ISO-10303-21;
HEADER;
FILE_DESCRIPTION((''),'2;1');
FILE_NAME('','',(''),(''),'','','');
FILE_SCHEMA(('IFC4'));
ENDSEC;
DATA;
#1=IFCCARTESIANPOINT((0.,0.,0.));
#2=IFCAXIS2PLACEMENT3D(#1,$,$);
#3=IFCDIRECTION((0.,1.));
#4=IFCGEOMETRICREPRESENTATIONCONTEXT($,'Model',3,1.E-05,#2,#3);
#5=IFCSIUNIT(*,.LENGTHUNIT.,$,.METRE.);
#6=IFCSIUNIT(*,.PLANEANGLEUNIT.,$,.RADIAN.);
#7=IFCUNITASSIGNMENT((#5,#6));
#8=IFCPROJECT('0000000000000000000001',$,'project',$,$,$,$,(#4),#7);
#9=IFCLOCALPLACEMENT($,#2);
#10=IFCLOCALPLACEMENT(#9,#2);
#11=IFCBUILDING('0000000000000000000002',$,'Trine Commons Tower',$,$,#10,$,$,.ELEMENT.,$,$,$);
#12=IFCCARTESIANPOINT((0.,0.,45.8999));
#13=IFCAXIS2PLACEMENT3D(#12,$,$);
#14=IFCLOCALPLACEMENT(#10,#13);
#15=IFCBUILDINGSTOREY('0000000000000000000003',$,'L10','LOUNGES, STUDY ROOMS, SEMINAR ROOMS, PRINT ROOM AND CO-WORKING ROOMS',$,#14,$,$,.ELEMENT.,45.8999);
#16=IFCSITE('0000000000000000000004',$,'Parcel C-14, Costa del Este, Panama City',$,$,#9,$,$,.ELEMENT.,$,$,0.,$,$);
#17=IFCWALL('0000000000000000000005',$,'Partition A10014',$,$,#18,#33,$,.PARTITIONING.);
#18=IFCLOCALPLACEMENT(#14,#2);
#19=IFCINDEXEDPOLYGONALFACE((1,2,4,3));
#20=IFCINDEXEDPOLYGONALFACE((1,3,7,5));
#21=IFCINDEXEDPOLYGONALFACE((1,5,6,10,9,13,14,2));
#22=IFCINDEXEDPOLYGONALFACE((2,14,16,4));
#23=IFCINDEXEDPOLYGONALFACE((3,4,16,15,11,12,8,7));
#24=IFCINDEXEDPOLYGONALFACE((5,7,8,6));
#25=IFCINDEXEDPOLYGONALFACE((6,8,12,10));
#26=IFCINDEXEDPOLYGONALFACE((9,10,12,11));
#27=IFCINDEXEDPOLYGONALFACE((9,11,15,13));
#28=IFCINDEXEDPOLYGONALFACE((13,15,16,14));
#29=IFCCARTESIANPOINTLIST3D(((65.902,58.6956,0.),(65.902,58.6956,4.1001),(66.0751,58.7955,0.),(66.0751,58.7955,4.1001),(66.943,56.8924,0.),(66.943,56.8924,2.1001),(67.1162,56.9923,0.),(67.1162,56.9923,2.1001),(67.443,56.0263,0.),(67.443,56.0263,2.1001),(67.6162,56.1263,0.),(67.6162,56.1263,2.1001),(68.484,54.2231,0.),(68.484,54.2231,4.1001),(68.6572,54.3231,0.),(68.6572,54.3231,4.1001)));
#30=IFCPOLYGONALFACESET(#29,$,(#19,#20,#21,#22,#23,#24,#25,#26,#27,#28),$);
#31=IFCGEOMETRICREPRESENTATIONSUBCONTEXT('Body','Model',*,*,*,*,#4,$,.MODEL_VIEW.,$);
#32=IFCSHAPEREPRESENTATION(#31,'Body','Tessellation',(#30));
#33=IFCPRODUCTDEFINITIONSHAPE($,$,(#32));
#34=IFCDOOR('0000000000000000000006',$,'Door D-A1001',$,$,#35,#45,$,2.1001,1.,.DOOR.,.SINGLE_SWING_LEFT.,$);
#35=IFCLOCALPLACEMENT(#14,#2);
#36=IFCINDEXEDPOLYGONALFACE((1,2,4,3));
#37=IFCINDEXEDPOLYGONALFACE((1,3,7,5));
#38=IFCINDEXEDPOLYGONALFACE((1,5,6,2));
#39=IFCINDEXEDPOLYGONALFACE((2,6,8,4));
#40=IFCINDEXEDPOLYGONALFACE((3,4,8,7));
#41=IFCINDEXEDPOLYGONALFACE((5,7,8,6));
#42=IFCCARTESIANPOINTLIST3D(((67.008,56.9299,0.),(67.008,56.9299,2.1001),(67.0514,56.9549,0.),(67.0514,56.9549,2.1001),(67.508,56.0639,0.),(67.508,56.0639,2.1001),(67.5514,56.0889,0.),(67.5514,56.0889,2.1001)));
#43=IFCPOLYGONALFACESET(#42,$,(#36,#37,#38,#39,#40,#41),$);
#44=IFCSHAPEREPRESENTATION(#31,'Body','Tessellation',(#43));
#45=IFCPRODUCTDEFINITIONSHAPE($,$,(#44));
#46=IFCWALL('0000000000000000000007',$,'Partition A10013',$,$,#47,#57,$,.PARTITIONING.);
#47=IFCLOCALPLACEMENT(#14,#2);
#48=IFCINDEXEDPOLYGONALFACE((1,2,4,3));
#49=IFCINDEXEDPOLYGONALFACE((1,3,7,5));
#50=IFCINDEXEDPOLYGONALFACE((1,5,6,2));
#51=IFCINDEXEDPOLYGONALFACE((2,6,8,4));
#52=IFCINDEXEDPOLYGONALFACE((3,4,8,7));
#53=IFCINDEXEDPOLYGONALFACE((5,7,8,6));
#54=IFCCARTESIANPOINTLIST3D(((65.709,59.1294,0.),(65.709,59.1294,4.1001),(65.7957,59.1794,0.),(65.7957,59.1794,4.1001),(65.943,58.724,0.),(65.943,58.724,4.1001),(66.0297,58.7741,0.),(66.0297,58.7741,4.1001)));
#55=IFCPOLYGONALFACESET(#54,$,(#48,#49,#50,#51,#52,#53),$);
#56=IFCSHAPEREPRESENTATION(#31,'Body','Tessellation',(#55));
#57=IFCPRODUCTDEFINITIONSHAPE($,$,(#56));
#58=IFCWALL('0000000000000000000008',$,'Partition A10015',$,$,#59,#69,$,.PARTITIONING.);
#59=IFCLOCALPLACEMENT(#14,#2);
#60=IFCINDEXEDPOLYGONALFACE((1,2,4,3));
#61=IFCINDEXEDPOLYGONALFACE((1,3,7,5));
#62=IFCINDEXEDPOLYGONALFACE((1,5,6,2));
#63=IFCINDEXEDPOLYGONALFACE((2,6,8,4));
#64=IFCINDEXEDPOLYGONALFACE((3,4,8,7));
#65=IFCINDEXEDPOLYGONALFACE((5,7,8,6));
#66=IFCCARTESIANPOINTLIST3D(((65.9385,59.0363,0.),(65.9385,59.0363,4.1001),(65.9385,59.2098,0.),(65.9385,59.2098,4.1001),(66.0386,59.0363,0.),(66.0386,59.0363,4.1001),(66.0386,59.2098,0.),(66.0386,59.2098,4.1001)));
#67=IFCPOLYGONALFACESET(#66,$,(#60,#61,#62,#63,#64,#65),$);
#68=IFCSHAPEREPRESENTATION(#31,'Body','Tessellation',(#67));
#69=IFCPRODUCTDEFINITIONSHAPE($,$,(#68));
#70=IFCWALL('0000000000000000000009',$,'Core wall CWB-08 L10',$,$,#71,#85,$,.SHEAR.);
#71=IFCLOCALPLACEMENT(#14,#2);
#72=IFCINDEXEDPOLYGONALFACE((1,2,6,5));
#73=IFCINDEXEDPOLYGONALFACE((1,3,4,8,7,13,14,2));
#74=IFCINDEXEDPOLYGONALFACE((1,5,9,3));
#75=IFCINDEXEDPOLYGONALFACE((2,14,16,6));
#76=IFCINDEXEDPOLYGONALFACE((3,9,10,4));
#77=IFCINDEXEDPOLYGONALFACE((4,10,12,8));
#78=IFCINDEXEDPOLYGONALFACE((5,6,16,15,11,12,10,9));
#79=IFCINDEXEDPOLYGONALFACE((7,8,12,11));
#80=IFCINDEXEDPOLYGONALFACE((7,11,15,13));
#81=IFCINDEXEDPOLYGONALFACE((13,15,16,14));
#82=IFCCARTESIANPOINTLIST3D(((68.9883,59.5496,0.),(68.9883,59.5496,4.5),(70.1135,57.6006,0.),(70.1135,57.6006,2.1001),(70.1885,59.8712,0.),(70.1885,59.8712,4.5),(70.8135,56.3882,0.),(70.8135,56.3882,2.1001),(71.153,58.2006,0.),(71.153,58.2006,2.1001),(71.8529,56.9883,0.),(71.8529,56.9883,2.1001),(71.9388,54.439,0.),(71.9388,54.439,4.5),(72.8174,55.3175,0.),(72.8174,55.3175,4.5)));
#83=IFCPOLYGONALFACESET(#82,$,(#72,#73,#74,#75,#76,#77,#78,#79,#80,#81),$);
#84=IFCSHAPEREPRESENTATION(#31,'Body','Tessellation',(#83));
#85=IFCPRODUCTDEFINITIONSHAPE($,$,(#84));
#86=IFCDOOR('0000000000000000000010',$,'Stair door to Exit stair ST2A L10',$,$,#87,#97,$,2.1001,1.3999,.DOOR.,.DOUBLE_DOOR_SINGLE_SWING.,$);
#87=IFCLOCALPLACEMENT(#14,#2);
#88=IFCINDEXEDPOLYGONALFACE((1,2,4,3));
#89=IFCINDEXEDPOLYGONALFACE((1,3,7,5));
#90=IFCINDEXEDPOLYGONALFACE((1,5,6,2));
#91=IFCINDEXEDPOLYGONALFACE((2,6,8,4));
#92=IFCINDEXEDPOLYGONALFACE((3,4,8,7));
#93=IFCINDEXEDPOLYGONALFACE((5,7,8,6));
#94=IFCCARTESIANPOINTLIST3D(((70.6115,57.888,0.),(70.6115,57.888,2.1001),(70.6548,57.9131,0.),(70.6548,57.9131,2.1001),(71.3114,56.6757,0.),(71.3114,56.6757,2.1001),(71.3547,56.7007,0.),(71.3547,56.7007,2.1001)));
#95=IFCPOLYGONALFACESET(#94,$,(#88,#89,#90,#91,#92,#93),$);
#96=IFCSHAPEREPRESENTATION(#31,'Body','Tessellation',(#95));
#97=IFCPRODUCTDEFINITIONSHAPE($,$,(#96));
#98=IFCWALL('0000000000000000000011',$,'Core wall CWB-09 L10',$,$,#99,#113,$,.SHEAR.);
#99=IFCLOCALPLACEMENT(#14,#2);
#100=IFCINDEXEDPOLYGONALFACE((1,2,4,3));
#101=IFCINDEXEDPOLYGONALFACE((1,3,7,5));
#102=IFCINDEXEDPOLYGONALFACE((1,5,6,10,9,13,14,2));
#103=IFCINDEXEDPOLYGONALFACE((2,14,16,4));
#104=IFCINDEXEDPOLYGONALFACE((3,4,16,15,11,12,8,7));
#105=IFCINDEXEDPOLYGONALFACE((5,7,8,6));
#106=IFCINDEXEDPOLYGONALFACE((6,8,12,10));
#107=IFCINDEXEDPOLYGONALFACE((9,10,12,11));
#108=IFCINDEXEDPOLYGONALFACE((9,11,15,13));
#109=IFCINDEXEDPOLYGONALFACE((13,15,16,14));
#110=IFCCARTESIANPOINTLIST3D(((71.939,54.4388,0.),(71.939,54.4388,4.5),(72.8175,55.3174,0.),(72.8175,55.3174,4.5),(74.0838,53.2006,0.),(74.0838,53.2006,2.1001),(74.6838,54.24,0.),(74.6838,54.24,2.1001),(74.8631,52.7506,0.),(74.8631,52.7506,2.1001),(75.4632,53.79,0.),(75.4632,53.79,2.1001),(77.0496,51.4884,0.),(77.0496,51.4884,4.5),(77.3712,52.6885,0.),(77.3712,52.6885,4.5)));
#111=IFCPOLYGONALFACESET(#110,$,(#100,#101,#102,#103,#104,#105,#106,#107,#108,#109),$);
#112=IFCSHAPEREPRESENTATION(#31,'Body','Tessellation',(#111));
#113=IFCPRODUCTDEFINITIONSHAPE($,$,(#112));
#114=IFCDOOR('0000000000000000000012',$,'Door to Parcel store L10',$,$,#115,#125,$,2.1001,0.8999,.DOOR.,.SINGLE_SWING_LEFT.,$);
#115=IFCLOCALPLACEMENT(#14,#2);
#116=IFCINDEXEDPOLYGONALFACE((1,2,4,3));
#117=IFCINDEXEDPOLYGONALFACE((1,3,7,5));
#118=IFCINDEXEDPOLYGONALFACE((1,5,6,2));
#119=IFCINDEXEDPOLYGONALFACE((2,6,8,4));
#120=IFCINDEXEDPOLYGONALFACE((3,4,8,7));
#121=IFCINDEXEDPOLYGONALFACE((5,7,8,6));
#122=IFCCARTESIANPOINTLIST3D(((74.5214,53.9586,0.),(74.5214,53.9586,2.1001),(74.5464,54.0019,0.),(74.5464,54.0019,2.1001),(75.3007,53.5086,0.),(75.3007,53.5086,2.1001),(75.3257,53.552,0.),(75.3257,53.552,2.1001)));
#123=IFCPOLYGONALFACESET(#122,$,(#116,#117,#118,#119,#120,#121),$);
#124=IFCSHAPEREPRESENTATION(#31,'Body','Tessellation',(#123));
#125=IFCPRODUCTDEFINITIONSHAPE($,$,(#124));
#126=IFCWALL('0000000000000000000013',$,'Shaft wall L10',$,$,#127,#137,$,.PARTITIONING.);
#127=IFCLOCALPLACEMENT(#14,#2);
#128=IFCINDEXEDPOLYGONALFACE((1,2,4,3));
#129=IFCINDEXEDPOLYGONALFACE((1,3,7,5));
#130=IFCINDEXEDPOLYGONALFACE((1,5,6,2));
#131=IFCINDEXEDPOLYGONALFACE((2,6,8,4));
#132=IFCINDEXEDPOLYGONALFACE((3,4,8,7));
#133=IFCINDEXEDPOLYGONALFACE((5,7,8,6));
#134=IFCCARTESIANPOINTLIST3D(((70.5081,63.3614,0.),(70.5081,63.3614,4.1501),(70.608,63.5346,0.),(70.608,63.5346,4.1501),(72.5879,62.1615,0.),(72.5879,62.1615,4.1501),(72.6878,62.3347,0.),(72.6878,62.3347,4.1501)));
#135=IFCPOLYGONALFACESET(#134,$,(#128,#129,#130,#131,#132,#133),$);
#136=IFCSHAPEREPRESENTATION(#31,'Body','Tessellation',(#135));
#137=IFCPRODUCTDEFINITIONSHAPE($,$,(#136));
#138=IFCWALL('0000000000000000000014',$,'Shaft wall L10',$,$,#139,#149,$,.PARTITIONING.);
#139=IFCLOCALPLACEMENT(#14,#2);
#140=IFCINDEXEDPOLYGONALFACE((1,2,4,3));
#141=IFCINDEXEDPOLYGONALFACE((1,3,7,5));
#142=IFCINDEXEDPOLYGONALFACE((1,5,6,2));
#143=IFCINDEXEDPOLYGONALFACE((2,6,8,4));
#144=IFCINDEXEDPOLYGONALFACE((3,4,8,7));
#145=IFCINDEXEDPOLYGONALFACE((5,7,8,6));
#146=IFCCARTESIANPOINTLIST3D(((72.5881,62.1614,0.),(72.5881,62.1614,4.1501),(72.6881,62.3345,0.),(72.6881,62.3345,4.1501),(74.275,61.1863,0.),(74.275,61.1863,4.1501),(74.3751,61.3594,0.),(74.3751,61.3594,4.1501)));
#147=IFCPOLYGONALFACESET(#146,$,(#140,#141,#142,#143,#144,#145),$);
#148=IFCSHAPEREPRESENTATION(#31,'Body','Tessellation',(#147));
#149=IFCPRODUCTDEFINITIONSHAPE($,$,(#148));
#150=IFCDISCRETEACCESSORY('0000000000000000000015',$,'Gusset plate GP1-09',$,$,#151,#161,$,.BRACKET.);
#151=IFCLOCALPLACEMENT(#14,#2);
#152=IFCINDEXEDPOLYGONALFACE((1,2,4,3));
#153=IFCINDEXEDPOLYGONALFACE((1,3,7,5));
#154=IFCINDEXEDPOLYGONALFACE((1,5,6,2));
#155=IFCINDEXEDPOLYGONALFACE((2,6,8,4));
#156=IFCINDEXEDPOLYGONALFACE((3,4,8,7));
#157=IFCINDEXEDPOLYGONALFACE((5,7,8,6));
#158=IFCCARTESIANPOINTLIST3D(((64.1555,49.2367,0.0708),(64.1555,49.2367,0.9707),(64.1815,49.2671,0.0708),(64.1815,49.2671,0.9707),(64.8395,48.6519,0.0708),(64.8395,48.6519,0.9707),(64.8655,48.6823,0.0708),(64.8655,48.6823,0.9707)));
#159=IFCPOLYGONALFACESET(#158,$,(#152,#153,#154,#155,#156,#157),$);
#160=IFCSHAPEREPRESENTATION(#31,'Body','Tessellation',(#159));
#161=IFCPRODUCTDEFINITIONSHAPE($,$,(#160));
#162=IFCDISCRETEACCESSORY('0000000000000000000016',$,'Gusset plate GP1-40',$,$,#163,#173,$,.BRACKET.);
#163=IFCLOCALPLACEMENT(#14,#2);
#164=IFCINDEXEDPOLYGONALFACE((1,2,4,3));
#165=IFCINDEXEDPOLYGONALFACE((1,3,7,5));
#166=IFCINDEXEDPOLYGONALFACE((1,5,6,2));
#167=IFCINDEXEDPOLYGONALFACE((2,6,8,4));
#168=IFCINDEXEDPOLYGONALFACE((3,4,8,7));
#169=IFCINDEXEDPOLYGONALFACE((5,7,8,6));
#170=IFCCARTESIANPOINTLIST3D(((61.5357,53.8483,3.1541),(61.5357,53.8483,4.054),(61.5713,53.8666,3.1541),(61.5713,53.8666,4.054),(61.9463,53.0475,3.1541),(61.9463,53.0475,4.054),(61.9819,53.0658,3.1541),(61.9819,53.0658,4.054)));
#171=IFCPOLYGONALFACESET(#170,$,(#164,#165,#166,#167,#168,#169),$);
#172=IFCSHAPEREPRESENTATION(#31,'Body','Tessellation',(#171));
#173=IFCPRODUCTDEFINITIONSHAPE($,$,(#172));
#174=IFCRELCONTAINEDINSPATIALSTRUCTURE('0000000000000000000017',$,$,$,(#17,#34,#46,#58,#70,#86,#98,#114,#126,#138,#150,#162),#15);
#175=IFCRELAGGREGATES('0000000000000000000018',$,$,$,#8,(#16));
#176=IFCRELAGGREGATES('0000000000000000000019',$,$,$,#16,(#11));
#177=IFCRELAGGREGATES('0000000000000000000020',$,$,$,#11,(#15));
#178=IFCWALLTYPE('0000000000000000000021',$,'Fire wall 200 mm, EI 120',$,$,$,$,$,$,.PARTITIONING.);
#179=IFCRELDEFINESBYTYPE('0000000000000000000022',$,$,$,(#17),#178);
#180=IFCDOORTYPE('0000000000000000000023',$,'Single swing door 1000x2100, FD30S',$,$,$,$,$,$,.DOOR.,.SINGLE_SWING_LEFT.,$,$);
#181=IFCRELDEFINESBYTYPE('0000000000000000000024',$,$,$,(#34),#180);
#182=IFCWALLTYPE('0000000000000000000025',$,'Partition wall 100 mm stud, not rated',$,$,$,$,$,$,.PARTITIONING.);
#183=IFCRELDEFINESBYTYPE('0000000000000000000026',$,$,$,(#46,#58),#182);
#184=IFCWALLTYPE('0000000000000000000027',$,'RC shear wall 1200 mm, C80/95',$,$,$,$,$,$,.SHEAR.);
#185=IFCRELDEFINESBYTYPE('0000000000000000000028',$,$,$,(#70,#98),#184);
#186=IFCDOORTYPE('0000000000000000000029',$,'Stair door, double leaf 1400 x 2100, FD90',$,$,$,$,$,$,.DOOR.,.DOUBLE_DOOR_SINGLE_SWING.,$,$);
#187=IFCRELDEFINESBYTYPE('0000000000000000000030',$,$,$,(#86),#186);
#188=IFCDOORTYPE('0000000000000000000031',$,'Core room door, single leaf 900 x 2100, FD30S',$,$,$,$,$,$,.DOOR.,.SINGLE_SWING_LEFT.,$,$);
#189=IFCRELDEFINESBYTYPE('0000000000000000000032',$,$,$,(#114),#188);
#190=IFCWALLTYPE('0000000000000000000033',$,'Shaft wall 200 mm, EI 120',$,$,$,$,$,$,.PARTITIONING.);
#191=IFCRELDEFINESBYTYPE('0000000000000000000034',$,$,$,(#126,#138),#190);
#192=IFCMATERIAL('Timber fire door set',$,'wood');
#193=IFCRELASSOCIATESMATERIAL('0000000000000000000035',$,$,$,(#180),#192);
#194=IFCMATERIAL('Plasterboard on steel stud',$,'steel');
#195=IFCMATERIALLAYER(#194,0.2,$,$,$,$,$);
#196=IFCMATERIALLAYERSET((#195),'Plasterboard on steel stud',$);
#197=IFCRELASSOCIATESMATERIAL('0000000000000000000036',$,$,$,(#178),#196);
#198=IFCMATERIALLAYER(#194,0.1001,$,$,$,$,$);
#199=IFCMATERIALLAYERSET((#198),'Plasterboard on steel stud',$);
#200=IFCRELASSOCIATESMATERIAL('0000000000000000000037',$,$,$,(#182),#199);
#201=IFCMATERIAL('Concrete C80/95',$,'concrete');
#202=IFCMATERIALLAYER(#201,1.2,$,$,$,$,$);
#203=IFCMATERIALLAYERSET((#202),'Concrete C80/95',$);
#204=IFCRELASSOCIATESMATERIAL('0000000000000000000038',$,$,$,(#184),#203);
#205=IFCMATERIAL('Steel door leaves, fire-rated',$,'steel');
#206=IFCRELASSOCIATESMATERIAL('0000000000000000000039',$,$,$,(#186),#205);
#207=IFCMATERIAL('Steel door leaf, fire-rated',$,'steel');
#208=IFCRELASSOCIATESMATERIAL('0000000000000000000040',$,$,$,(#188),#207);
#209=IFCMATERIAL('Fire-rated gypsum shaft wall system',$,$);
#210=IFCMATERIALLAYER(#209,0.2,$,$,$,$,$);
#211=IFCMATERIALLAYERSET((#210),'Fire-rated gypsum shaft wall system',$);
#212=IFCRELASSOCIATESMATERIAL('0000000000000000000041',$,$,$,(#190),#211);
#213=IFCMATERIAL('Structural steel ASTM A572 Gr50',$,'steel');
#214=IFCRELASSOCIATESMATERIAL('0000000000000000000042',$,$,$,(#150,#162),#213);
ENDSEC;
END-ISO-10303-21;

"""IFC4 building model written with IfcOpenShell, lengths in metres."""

from ifc_helpers import new_model, si_unit, direction, frame, frame_2d, origin, origin_2d, place, context, subcontext, project, spatial, polyline, rectangle, outline, extrude, material, layer, layer_set, type_object, element, fill, save


model = new_model("IFC4")

# Units and contexts
model_context = context("Model", 3, precision=1e-05, world=origin(), true_north=direction((0.0, 1.0)))
body_context = subcontext(model_context, "Body", "Model", "MODEL_VIEW")
ifc_project = project(units=[si_unit("LENGTHUNIT", "METRE"), si_unit("PLANEANGLEUNIT", "RADIAN")], contexts=[model_context])

# Site, building, storey
site_placement = place(None, origin())
site = spatial("IfcSite", under=ifc_project, at=site_placement, Name="Parcel C-14, Costa del Este, Panama City", CompositionType="ELEMENT", RefElevation=0.0)
building_placement = place(site_placement, origin())
building = spatial("IfcBuilding", under=site, at=building_placement, Name="Trine Commons Tower", CompositionType="ELEMENT")
storey_placement = place(building_placement, frame((0.0, 0.0, 45.8999)))
storey = spatial("IfcBuildingStorey", under=building, at=storey_placement, Name="L10", Description="LOUNGES, STUDY ROOMS, SEMINAR ROOMS, PRINT ROOM AND CO-WORKING ROOMS", CompositionType="ELEMENT", Elevation=45.8999)

# Shared definitions
ifc_material_1 = material(Name="Plasterboard on steel stud", Category="steel")
ifc_material_2 = material(Name="Timber fire door set", Category="wood")
door_type_1 = type_object("IfcDoorType", Name="Single swing door 1000x2100, FD30S", OperationType="SINGLE_SWING_LEFT", PredefinedType="DOOR", material=ifc_material_2)

# Shared definitions
ifc_layer_1 = layer(ifc_material_1, 0.2)
ifc_layer_set_1 = layer_set([ifc_layer_1], Name="Plasterboard on steel stud")
wall_type_1 = type_object("IfcWallType", Name="Fire wall 200 mm, EI 120", PredefinedType="PARTITIONING", material=ifc_layer_set_1)

# Wall, opening, door
wall_1_placement = place(storey_placement, frame((68.5706, 54.2732, 0.0), z_axis=(0.0, 0.0, 1.0), x_axis=(-0.499983, 0.866035, 0.0)))
wall_1 = element("IfcWall", 1, at=wall_1_placement, inside=storey, type_object=wall_type_1, Name="Partition A10014", PredefinedType="PARTITIONING", context=body_context, shape_type="SweptSolid", body=[
    extrude(rectangle(XDim=5.1643, YDim=0.2, at=frame_2d((2.582, 0.0))), origin(), (0.0, 0.0, 1.0), 4.1001),
])
opening_1_placement = place(wall_1_placement, frame((2.082, 0.0, 0.0)))
opening_1 = element("IfcOpeningElement", 2, at=opening_1_placement, cuts=wall_1, PredefinedType="OPENING", context=body_context, shape_type="SweptSolid", body=[
    extrude(rectangle(XDim=1.0, YDim=2.1001, at=frame_2d((0.5, 1.05))), frame((0.0, 0.1099, 0.0), z_axis=(0.0, -1.0, 0.0), x_axis=(1.0, 0.0, 0.0)), (0.0, 0.0, 1.0), 0.22),
])
door_1_placement = place(opening_1_placement, origin())
door_1 = element("IfcDoor", 3, at=door_1_placement, inside=storey, type_object=door_type_1, Name="Door D-A1001", OperationType="SINGLE_SWING_LEFT", OverallHeight=2.1001, OverallWidth=1.0, PredefinedType="DOOR", context=body_context, shape_type="SweptSolid", body=[
    extrude(rectangle(XDim=1.0, YDim=2.1001, at=frame_2d((0.5, 1.05))), frame((0.0, 0.0249, 0.0), z_axis=(0.0, -1.0, 0.0), x_axis=(1.0, 0.0, 0.0)), (0.0, 0.0, 1.0), 0.05),
])
fill(opening_1, door_1)

# Walls
ifc_layer_2 = layer(ifc_material_1, 0.1001)
ifc_layer_set_2 = layer_set([ifc_layer_2], Name="Plasterboard on steel stud")
wall_type_2 = type_object("IfcWallType", Name="Partition wall 100 mm stud, not rated", PredefinedType="PARTITIONING", material=ifc_layer_set_2)
wall_2_placement = place(storey_placement, frame((65.7524, 59.1543, 0.0), z_axis=(0.0, 0.0, 1.0), x_axis=(0.499843, -0.866116, 0.0)))
element("IfcWall", 4, at=wall_2_placement, inside=storey, type_object=wall_type_2, Name="Partition A10013", PredefinedType="PARTITIONING", context=body_context, shape_type="SweptSolid", body=[
    extrude(rectangle(XDim=0.468, YDim=0.1001, at=frame_2d((0.2339, 0.0))), origin(), (0.0, 0.0, 1.0), 4.1001),
])
wall_3_placement = place(storey_placement, frame((65.9885, 59.0361, 0.0), z_axis=(0.0, 0.0, 1.0), x_axis=(0.0, 1.0, 0.0)))
element("IfcWall", 5, at=wall_3_placement, inside=storey, type_object=wall_type_2, Name="Partition A10015", PredefinedType="PARTITIONING", context=body_context, shape_type="SweptSolid", body=[
    extrude(rectangle(XDim=0.1736, YDim=0.1001, at=frame_2d((0.0869, 0.0))), origin(), (0.0, 0.0, 1.0), 4.1001),
])

# Walls, openings, doors
ifc_material_3 = material(Name="Concrete C80/95", Category="concrete")
ifc_layer_3 = layer(ifc_material_3, 1.2)
ifc_layer_set_3 = layer_set([ifc_layer_3], Name="Concrete C80/95")
wall_type_3 = type_object("IfcWallType", Name="RC shear wall 1200 mm, C80/95", PredefinedType="SHEAR", material=ifc_layer_set_3)
wall_4_placement = place(storey_placement, frame((69.5081, 59.8496, 0.0), z_axis=(0.0, 0.0, 1.0), x_axis=(0.499979, -0.866037, 0.0)))
wall_4 = element("IfcWall", 6, at=wall_4_placement, inside=storey, type_object=wall_type_3, Name="Core wall CWB-08 L10", PredefinedType="SHEAR", context=body_context, shape_type="SweptSolid", body=[
    extrude(outline(polyline([(0.0, -0.6001), (5.9011, -0.6001), (5.5796, 0.6001), (0.3215, 0.6001), (0.0, -0.6001)])), origin(), (0.0, 0.0, 1.0), 4.5),
])
opening_2_placement = place(wall_4_placement, frame((2.2505, 0.0, 0.0)))
opening_2 = element("IfcOpeningElement", 7, at=opening_2_placement, cuts=wall_4, PredefinedType="OPENING", context=body_context, shape_type="SweptSolid", body=[
    extrude(rectangle(XDim=1.3999, YDim=2.1001, at=frame_2d((0.7, 1.05))), frame((0.0, 0.6099, 0.0), z_axis=(0.0, -1.0, 0.0), x_axis=(1.0, 0.0, 0.0)), (0.0, 0.0, 1.0), 1.22),
])
ifc_material_4 = material(Name="Steel door leaves, fire-rated", Category="steel")
door_type_2 = type_object("IfcDoorType", Name="Stair door, double leaf 1400 x 2100, FD90", OperationType="DOUBLE_DOOR_SINGLE_SWING", PredefinedType="DOOR", material=ifc_material_4)
door_2_placement = place(opening_2_placement, origin())
door_2 = element("IfcDoor", 8, at=door_2_placement, inside=storey, type_object=door_type_2, Name="Stair door to Exit stair ST2A L10", OperationType="DOUBLE_DOOR_SINGLE_SWING", OverallHeight=2.1001, OverallWidth=1.3999, PredefinedType="DOOR", context=body_context, shape_type="SweptSolid", body=[
    extrude(rectangle(XDim=1.3999, YDim=2.1001, at=frame_2d((0.7, 1.05))), frame((0.0, 0.0249, 0.0), z_axis=(0.0, -1.0, 0.0), x_axis=(1.0, 0.0, 0.0)), (0.0, 0.0, 1.0), 0.05),
])
fill(opening_2, door_2)
wall_5_placement = place(storey_placement, frame((72.239, 54.9585, 0.0), z_axis=(0.0, 0.0, 1.0), x_axis=(0.866037, -0.499979, 0.0)))
wall_5 = element("IfcWall", 9, at=wall_5_placement, inside=storey, type_object=wall_type_3, Name="Core wall CWB-09 L10", PredefinedType="SHEAR", context=body_context, shape_type="SweptSolid", body=[
    extrude(outline(polyline([(0.0, -0.6001), (5.9011, -0.6001), (5.5796, 0.6001), (0.3215, 0.6001), (0.0, -0.6001)])), origin(), (0.0, 0.0, 1.0), 4.5),
])
opening_3_placement = place(wall_5_placement, frame((2.4766, 0.0, 0.0)))
opening_3 = element("IfcOpeningElement", 10, at=opening_3_placement, cuts=wall_5, PredefinedType="OPENING", context=body_context, shape_type="SweptSolid", body=[
    extrude(rectangle(XDim=0.8999, YDim=2.1001, at=frame_2d((0.45, 1.05))), frame((0.0, 0.6099, 0.0), z_axis=(0.0, -1.0, 0.0), x_axis=(1.0, 0.0, 0.0)), (0.0, 0.0, 1.0), 1.22),
])
ifc_material_5 = material(Name="Steel door leaf, fire-rated", Category="steel")
door_type_3 = type_object("IfcDoorType", Name="Core room door, single leaf 900 x 2100, FD30S", OperationType="SINGLE_SWING_LEFT", PredefinedType="DOOR", material=ifc_material_5)
door_3_placement = place(opening_3_placement, origin())
door_3 = element("IfcDoor", 11, at=door_3_placement, inside=storey, type_object=door_type_3, Name="Door to Parcel store L10", OperationType="SINGLE_SWING_LEFT", OverallHeight=2.1001, OverallWidth=0.8999, PredefinedType="DOOR", context=body_context, shape_type="SweptSolid", body=[
    extrude(rectangle(XDim=0.8999, YDim=2.1001, at=frame_2d((0.45, 1.05))), frame((0.0, 0.3252, 0.0), z_axis=(0.0, -1.0, 0.0), x_axis=(1.0, 0.0, 0.0)), (0.0, 0.0, 1.0), 0.05),
])
fill(opening_3, door_3)

# Walls
ifc_material_6 = material(Name="Fire-rated gypsum shaft wall system")
ifc_layer_4 = layer(ifc_material_6, 0.2)
ifc_layer_set_4 = layer_set([ifc_layer_4], Name="Fire-rated gypsum shaft wall system")
wall_type_4 = type_object("IfcWallType", Name="Shaft wall 200 mm, EI 120", PredefinedType="PARTITIONING", material=ifc_layer_set_4)
wall_6_placement = place(storey_placement, frame((72.6379, 62.248, 0.0), z_axis=(0.0, 0.0, 1.0), x_axis=(-0.866177, 0.499737, 0.0)))
element("IfcWall", 12, at=wall_6_placement, inside=storey, type_object=wall_type_4, Name="Shaft wall L10", PredefinedType="PARTITIONING", context=body_context, shape_type="SweptSolid", body=[
    extrude(rectangle(XDim=2.4011, YDim=0.2, at=frame_2d((1.2007, 0.0))), origin(), (0.0, 0.0, 1.0), 4.1501),
])
wall_7_placement = place(storey_placement, frame((74.325, 61.2729, 0.0), z_axis=(0.0, 0.0, 1.0), x_axis=(-0.865781, 0.500424, 0.0)))
element("IfcWall", 13, at=wall_7_placement, inside=storey, type_object=wall_type_4, Name="Shaft wall L10", PredefinedType="PARTITIONING", context=body_context, shape_type="SweptSolid", body=[
    extrude(rectangle(XDim=1.9485, YDim=0.2, at=frame_2d((0.9741, 0.0))), origin(), (0.0, 0.0, 1.0), 4.1501),
])

# Discrete accessories
ifc_material_7 = material(Name="Structural steel ASTM A572 Gr50", Category="steel")
for number, where, z_axis, x_axis, name in (
    (14, (64.5105, 48.9595, 0.0708), (0.0, 0.0, 1.0), (0.760054, -0.649859, 0.0), "Gusset plate GP1-09"),
    (15, (61.7588, 53.457, 3.1541), (0.0, 0.0, 1.0), (0.456259, -0.889847, 0.0), "Gusset plate GP1-40"),
):
    element("IfcDiscreteAccessory", number, at=place(storey_placement, frame(where, z_axis=z_axis, x_axis=x_axis)), inside=storey, material=ifc_material_7, Name=name, PredefinedType="BRACKET", context=body_context, shape_type="SweptSolid", body=[
        extrude(rectangle(XDim=0.8999, YDim=0.04, at=origin_2d()), origin(), (0.0, 0.0, 1.0), 0.8999),
    ])

save(model, "model.ifc")
